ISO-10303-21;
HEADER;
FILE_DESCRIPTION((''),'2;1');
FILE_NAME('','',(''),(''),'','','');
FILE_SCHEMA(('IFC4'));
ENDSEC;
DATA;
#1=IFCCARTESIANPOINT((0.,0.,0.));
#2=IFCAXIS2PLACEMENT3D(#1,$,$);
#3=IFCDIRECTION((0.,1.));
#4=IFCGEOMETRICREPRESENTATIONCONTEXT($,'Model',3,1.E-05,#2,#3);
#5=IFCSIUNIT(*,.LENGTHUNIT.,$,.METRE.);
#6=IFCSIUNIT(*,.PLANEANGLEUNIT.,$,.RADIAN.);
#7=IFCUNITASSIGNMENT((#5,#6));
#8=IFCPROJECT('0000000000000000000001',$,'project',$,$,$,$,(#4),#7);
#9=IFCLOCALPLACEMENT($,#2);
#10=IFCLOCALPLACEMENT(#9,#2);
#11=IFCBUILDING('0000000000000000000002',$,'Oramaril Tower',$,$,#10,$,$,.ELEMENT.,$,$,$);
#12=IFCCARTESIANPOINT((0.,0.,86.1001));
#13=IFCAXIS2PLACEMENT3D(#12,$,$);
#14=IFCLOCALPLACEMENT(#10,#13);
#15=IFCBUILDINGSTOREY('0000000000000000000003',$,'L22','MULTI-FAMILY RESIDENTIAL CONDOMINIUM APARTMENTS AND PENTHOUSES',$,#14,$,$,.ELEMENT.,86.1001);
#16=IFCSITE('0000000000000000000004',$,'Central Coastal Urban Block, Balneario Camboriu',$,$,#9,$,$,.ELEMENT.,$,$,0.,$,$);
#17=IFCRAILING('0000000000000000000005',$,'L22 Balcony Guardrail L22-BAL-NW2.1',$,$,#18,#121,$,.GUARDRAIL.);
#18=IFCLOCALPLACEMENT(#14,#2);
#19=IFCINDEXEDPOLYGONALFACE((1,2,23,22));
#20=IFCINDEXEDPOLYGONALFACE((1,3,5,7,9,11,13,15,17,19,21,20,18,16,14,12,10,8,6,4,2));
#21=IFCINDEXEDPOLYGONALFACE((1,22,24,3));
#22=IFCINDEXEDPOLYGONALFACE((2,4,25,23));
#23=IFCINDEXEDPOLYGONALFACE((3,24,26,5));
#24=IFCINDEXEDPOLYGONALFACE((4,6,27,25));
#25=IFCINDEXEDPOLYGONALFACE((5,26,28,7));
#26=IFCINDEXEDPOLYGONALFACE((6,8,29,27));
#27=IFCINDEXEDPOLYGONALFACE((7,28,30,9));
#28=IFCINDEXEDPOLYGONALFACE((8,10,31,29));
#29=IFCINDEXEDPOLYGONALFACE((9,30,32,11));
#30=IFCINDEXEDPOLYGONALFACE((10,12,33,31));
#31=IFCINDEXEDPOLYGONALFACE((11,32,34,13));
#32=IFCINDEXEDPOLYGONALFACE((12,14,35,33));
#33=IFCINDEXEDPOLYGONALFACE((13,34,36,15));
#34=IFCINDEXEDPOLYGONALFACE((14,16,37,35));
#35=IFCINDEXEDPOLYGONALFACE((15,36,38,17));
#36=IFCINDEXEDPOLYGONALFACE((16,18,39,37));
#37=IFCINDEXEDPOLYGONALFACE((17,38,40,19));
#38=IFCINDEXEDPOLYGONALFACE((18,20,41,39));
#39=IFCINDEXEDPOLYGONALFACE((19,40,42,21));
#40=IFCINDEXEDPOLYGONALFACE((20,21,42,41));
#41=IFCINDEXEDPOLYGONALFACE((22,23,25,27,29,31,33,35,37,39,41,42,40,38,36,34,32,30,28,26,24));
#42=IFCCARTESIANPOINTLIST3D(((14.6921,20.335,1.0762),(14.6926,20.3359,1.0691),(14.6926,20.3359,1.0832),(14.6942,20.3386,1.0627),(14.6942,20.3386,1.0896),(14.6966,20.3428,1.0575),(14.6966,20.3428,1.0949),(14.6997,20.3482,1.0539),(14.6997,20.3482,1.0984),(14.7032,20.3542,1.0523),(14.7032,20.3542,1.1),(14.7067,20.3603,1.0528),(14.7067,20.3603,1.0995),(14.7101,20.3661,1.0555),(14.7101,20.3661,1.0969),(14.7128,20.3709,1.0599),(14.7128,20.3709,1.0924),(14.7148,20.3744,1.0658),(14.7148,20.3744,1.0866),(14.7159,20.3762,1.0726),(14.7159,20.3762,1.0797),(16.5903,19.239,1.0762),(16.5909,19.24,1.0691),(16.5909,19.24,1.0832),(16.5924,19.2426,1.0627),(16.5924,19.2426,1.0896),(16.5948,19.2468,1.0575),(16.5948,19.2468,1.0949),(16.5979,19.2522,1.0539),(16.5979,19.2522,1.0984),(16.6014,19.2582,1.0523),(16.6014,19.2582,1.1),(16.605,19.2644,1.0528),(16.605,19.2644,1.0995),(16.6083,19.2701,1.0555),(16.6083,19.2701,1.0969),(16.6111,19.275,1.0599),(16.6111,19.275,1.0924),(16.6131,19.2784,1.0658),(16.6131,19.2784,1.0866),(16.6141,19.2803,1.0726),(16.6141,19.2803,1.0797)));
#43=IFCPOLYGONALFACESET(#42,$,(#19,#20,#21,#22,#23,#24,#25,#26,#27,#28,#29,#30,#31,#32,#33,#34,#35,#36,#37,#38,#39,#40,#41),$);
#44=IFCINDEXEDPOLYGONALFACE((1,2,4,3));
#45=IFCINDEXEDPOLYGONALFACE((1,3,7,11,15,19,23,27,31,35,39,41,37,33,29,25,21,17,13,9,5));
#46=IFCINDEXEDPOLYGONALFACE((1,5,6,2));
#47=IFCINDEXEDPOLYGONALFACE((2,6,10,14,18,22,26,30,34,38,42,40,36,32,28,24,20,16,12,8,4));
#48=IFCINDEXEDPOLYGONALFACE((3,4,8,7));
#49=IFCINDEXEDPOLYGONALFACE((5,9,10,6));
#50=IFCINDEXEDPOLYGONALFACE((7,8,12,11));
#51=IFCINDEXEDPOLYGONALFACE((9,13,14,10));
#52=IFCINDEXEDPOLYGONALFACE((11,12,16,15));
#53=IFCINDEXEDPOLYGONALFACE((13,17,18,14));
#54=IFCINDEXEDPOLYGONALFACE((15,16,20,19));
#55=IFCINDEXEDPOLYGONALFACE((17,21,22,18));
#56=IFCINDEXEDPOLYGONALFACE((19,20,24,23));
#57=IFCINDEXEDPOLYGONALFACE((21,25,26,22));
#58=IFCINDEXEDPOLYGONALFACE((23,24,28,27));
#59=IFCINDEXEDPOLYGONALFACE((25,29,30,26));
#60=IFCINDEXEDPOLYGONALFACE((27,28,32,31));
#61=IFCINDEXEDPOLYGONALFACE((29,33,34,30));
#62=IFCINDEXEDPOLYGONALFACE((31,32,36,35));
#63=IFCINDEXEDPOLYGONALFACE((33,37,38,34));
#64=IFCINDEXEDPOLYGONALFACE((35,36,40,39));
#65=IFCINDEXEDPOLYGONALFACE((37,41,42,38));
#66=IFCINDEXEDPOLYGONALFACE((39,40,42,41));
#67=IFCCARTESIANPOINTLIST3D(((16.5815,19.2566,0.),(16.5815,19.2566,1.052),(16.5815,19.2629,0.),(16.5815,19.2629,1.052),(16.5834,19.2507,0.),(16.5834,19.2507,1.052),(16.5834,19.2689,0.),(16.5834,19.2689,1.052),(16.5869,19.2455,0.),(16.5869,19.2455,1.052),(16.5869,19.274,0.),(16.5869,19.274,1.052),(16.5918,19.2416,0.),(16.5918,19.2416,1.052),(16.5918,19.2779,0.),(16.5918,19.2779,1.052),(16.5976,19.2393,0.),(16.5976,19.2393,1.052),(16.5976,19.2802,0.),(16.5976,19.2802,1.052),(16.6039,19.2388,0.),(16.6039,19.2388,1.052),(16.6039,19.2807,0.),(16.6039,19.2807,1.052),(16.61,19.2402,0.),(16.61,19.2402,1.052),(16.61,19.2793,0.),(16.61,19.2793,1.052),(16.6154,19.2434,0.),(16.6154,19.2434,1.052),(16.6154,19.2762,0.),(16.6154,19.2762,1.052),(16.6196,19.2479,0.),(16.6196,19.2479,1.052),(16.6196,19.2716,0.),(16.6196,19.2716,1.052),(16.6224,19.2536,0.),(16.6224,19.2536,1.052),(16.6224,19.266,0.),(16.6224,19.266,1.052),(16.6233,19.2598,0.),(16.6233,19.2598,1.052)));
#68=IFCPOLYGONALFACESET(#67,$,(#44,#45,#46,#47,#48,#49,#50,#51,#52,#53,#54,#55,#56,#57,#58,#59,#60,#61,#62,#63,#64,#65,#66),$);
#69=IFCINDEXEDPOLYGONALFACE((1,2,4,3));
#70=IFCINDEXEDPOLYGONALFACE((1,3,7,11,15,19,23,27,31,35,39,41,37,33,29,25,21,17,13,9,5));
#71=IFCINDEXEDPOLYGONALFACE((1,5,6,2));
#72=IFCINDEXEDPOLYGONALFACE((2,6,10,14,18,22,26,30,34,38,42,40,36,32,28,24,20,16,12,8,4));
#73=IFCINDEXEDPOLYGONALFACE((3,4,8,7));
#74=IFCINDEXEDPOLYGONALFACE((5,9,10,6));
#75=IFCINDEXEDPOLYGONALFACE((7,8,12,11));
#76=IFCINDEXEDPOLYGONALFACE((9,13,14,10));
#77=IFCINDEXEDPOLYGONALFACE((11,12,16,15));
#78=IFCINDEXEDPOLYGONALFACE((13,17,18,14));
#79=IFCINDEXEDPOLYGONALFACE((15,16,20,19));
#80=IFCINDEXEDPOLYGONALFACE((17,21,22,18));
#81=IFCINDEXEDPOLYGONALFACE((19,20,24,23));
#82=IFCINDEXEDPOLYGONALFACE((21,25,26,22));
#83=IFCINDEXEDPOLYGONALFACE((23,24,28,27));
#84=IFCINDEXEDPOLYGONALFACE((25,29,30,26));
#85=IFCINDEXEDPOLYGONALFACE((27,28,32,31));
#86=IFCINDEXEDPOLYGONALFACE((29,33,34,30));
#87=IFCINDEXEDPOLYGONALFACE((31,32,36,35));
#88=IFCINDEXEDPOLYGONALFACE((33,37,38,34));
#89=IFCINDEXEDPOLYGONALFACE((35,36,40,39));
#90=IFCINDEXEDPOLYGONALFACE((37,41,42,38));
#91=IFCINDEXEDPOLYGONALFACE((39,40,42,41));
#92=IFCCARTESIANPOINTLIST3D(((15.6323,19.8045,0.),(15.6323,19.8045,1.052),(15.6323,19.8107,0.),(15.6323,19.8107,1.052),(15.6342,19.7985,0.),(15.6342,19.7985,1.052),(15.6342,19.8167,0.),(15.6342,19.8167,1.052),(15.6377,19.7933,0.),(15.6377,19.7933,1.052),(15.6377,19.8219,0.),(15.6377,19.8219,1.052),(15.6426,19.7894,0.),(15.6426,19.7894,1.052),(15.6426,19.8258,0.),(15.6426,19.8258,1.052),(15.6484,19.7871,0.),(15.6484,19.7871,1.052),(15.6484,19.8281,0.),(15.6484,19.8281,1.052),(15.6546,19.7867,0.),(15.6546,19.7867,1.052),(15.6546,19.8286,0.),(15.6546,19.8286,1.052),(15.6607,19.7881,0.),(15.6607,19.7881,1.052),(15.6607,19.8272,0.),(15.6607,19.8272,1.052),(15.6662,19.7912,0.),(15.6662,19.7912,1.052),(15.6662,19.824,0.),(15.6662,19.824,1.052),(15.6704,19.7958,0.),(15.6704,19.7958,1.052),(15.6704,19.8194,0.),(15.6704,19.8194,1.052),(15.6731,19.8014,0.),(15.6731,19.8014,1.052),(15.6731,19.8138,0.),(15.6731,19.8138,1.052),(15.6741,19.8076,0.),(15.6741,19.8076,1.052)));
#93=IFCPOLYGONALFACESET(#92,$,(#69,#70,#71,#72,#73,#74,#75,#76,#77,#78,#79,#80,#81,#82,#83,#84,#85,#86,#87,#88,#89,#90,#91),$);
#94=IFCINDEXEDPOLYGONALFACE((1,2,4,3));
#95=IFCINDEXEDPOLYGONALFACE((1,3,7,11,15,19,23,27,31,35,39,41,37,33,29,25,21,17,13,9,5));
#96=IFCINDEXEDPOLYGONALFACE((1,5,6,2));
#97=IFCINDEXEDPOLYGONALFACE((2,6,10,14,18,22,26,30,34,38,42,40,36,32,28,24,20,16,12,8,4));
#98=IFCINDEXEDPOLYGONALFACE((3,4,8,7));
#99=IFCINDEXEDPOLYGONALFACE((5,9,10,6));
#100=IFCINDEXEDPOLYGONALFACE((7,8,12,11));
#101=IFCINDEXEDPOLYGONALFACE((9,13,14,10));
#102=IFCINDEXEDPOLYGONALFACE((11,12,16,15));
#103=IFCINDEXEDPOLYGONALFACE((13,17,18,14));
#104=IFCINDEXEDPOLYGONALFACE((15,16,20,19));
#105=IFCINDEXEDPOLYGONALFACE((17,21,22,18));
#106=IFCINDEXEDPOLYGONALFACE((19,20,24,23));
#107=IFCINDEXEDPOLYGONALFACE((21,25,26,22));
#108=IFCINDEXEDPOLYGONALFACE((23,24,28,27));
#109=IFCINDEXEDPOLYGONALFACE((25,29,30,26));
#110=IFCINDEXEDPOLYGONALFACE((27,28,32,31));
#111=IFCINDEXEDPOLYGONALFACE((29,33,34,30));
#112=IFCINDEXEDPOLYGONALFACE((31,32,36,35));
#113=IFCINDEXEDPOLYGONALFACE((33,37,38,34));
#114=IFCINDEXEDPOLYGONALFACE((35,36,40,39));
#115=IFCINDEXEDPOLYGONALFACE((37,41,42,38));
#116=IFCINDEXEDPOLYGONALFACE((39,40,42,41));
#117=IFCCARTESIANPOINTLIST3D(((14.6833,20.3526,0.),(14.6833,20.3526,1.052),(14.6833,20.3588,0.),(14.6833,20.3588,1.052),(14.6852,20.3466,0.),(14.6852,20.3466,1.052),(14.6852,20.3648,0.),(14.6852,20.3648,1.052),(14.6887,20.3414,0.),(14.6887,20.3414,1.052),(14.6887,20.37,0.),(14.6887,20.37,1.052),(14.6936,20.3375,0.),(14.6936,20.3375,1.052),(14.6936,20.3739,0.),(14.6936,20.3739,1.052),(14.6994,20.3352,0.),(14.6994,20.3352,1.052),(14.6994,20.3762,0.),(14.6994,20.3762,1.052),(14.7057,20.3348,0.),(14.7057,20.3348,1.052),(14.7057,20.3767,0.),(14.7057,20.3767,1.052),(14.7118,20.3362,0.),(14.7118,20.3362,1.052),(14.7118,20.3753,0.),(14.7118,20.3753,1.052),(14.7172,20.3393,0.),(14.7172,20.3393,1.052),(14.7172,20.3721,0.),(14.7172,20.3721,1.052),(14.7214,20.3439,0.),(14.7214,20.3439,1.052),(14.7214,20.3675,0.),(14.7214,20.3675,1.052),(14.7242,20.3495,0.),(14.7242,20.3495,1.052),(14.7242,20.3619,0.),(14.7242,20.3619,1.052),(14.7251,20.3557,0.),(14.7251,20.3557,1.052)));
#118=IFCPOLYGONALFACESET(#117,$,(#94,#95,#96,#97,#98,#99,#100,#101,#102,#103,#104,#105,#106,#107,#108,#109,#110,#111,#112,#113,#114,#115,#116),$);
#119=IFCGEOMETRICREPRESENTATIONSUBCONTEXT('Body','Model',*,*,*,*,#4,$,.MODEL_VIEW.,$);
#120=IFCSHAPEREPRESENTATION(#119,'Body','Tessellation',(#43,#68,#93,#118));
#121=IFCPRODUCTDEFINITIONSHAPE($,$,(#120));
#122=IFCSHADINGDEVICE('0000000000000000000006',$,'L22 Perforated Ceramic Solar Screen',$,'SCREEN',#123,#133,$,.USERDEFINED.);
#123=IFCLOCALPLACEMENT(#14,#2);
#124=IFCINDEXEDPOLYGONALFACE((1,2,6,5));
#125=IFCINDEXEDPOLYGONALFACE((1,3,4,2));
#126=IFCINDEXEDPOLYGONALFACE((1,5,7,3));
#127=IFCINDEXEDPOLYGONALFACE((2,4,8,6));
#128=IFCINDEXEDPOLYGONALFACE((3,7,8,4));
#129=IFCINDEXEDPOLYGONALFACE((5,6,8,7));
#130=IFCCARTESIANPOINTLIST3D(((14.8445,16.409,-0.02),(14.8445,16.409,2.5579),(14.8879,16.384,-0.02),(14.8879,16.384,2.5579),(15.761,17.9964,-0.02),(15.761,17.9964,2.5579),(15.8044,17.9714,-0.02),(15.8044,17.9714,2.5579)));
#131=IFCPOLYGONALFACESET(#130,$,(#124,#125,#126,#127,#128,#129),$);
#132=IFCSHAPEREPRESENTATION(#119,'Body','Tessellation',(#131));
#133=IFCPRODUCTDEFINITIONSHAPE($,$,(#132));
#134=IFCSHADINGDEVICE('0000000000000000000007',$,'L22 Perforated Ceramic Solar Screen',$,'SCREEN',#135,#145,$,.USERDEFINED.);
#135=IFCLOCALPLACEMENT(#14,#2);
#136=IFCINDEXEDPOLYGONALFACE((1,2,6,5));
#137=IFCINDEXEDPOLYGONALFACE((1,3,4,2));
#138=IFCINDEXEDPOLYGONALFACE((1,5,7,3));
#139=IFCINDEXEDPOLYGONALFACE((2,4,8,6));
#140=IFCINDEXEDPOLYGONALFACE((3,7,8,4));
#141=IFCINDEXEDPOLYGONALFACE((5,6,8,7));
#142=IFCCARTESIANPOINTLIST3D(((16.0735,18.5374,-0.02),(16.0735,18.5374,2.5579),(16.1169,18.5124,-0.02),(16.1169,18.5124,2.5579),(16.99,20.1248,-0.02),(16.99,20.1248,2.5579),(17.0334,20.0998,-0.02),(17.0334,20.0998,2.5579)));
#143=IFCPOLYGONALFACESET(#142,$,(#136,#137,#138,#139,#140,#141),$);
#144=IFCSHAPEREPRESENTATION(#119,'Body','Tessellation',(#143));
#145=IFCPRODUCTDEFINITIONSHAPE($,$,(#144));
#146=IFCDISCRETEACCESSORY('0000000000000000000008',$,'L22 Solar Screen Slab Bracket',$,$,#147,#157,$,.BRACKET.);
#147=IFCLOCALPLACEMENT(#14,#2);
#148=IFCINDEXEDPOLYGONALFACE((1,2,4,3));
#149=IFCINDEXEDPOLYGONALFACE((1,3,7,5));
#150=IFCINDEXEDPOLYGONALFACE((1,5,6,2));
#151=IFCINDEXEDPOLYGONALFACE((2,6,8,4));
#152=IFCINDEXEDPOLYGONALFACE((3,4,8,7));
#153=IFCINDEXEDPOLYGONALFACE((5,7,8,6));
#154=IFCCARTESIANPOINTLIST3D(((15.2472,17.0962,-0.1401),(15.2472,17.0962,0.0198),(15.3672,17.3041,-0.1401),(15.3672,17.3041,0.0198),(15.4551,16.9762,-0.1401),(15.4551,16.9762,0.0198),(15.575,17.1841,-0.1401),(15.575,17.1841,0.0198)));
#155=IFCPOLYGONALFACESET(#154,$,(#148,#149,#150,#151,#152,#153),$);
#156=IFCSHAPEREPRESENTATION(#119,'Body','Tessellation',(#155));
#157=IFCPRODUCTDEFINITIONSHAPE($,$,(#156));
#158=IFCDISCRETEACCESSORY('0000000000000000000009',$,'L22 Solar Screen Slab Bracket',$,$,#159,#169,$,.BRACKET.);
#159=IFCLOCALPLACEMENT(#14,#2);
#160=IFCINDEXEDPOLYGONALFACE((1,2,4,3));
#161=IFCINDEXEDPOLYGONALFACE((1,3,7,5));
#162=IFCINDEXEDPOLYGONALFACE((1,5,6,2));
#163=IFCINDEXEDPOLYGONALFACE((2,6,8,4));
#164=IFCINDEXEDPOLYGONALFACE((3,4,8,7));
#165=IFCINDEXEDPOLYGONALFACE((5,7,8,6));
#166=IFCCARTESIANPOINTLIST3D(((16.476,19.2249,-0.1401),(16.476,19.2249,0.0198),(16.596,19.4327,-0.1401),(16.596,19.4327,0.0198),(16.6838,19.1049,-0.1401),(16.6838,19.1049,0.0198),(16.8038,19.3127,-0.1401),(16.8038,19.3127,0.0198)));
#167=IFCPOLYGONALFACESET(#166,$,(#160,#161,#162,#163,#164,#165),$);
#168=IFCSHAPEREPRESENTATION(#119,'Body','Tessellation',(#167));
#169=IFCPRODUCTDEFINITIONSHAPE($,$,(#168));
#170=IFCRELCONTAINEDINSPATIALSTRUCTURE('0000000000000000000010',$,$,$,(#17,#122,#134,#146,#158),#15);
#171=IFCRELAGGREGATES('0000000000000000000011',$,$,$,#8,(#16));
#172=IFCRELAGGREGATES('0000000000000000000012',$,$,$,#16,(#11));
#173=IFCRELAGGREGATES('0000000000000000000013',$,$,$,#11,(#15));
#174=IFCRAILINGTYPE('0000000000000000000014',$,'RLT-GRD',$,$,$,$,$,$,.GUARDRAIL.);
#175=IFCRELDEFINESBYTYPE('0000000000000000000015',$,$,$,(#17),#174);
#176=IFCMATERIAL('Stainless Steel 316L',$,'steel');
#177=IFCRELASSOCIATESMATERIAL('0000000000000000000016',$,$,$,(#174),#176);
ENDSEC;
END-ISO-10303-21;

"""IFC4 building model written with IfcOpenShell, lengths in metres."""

from ifc_helpers import new_model, si_unit, direction, frame, origin, origin_2d, place, context, subcontext, project, spatial, rectangle, circle, extrude, material, type_object, element, save


model = new_model("IFC4")

# Units and contexts
model_context = context("Model", 3, precision=1e-05, world=origin(), true_north=direction((0.0, 1.0)))
body_context = subcontext(model_context, "Body", "Model", "MODEL_VIEW")
ifc_project = project(units=[si_unit("LENGTHUNIT", "METRE"), si_unit("PLANEANGLEUNIT", "RADIAN")], contexts=[model_context])

# Site, building, storey
site_placement = place(None, origin())
site = spatial("IfcSite", under=ifc_project, at=site_placement, Name="Central Coastal Urban Block, Balneario Camboriu", CompositionType="ELEMENT", RefElevation=0.0)
building_placement = place(site_placement, origin())
building = spatial("IfcBuilding", under=site, at=building_placement, Name="Oramaril Tower", CompositionType="ELEMENT")
storey_placement = place(building_placement, frame((0.0, 0.0, 86.1001)))
storey = spatial("IfcBuildingStorey", under=building, at=storey_placement, Name="L22", Description="MULTI-FAMILY RESIDENTIAL CONDOMINIUM APARTMENTS AND PENTHOUSES", CompositionType="ELEMENT", Elevation=86.1001)

# Railing
ifc_material_1 = material(Name="Stainless Steel 316L", Category="steel")
railing_type = type_object("IfcRailingType", Name="RLT-GRD", PredefinedType="GUARDRAIL", material=ifc_material_1)
railing_1_placement = place(storey_placement, frame((16.6023, 19.2598, 0.0)))
element("IfcRailing", 1, at=railing_1_placement, inside=storey, type_object=railing_type, Name="L22 Balcony Guardrail L22-BAL-NW2.1", PredefinedType="GUARDRAIL", context=body_context, shape_type="SweptSolid", body=[
    extrude(circle(Radius=0.0239, at=origin_2d()), frame((0.0, 0.0, 1.0762), z_axis=(-0.866021, 0.500008, 0.0), x_axis=(-0.500008, -0.866021, 0.0)), (0.0, 0.0, 1.0), 2.1919),
    extrude(circle(Radius=0.021, at=origin_2d()), origin(), (0.0, 0.0, 1.0), 1.052),
    extrude(circle(Radius=0.021, at=origin_2d()), frame((-0.9492, 0.5479, 0.0)), (0.0, 0.0, 1.0), 1.052),
    extrude(circle(Radius=0.021, at=origin_2d()), frame((-1.8982, 1.0959, 0.0)), (0.0, 0.0, 1.0), 1.052),
])

# Shading devices
for number, where, z_axis, x_axis, name in (
    (2, (15.3245, 17.1902, -0.02), (0.0, 0.0, 1.0), (-0.5, -0.866025, 0.0), "L22 Perforated Ceramic Solar Screen"),
    (3, (16.5535, 19.3186, -0.02), (0.0, 0.0, 1.0), (-0.5, -0.866025, 0.0), "L22 Perforated Ceramic Solar Screen"),
):
    element("IfcShadingDevice", number, at=place(storey_placement, frame(where, z_axis=z_axis, x_axis=x_axis)), inside=storey, Name=name, ObjectType="SCREEN", PredefinedType="USERDEFINED", context=body_context, shape_type="SweptSolid", body=[
        extrude(rectangle(XDim=1.833, YDim=0.05, at=origin_2d()), origin(), (0.0, 0.0, 1.0), 2.5779),
    ])

# Discrete accessories
for number, where, z_axis, x_axis, name in (
    (4, (15.4111, 17.1401, -0.1401), (0.0, 0.0, 1.0), (-0.5, -0.866025, 0.0), "L22 Solar Screen Slab Bracket"),
    (5, (16.6399, 19.2688, -0.1401), (0.0, 0.0, 1.0), (-0.5, -0.866025, 0.0), "L22 Solar Screen Slab Bracket"),
):
    element("IfcDiscreteAccessory", number, at=place(storey_placement, frame(where, z_axis=z_axis, x_axis=x_axis)), inside=storey, Name=name, PredefinedType="BRACKET", context=body_context, shape_type="SweptSolid", body=[
        extrude(rectangle(XDim=0.24, YDim=0.24, at=origin_2d()), origin(), (0.0, 0.0, 1.0), 0.1599),
    ])

save(model, "model.ifc")
